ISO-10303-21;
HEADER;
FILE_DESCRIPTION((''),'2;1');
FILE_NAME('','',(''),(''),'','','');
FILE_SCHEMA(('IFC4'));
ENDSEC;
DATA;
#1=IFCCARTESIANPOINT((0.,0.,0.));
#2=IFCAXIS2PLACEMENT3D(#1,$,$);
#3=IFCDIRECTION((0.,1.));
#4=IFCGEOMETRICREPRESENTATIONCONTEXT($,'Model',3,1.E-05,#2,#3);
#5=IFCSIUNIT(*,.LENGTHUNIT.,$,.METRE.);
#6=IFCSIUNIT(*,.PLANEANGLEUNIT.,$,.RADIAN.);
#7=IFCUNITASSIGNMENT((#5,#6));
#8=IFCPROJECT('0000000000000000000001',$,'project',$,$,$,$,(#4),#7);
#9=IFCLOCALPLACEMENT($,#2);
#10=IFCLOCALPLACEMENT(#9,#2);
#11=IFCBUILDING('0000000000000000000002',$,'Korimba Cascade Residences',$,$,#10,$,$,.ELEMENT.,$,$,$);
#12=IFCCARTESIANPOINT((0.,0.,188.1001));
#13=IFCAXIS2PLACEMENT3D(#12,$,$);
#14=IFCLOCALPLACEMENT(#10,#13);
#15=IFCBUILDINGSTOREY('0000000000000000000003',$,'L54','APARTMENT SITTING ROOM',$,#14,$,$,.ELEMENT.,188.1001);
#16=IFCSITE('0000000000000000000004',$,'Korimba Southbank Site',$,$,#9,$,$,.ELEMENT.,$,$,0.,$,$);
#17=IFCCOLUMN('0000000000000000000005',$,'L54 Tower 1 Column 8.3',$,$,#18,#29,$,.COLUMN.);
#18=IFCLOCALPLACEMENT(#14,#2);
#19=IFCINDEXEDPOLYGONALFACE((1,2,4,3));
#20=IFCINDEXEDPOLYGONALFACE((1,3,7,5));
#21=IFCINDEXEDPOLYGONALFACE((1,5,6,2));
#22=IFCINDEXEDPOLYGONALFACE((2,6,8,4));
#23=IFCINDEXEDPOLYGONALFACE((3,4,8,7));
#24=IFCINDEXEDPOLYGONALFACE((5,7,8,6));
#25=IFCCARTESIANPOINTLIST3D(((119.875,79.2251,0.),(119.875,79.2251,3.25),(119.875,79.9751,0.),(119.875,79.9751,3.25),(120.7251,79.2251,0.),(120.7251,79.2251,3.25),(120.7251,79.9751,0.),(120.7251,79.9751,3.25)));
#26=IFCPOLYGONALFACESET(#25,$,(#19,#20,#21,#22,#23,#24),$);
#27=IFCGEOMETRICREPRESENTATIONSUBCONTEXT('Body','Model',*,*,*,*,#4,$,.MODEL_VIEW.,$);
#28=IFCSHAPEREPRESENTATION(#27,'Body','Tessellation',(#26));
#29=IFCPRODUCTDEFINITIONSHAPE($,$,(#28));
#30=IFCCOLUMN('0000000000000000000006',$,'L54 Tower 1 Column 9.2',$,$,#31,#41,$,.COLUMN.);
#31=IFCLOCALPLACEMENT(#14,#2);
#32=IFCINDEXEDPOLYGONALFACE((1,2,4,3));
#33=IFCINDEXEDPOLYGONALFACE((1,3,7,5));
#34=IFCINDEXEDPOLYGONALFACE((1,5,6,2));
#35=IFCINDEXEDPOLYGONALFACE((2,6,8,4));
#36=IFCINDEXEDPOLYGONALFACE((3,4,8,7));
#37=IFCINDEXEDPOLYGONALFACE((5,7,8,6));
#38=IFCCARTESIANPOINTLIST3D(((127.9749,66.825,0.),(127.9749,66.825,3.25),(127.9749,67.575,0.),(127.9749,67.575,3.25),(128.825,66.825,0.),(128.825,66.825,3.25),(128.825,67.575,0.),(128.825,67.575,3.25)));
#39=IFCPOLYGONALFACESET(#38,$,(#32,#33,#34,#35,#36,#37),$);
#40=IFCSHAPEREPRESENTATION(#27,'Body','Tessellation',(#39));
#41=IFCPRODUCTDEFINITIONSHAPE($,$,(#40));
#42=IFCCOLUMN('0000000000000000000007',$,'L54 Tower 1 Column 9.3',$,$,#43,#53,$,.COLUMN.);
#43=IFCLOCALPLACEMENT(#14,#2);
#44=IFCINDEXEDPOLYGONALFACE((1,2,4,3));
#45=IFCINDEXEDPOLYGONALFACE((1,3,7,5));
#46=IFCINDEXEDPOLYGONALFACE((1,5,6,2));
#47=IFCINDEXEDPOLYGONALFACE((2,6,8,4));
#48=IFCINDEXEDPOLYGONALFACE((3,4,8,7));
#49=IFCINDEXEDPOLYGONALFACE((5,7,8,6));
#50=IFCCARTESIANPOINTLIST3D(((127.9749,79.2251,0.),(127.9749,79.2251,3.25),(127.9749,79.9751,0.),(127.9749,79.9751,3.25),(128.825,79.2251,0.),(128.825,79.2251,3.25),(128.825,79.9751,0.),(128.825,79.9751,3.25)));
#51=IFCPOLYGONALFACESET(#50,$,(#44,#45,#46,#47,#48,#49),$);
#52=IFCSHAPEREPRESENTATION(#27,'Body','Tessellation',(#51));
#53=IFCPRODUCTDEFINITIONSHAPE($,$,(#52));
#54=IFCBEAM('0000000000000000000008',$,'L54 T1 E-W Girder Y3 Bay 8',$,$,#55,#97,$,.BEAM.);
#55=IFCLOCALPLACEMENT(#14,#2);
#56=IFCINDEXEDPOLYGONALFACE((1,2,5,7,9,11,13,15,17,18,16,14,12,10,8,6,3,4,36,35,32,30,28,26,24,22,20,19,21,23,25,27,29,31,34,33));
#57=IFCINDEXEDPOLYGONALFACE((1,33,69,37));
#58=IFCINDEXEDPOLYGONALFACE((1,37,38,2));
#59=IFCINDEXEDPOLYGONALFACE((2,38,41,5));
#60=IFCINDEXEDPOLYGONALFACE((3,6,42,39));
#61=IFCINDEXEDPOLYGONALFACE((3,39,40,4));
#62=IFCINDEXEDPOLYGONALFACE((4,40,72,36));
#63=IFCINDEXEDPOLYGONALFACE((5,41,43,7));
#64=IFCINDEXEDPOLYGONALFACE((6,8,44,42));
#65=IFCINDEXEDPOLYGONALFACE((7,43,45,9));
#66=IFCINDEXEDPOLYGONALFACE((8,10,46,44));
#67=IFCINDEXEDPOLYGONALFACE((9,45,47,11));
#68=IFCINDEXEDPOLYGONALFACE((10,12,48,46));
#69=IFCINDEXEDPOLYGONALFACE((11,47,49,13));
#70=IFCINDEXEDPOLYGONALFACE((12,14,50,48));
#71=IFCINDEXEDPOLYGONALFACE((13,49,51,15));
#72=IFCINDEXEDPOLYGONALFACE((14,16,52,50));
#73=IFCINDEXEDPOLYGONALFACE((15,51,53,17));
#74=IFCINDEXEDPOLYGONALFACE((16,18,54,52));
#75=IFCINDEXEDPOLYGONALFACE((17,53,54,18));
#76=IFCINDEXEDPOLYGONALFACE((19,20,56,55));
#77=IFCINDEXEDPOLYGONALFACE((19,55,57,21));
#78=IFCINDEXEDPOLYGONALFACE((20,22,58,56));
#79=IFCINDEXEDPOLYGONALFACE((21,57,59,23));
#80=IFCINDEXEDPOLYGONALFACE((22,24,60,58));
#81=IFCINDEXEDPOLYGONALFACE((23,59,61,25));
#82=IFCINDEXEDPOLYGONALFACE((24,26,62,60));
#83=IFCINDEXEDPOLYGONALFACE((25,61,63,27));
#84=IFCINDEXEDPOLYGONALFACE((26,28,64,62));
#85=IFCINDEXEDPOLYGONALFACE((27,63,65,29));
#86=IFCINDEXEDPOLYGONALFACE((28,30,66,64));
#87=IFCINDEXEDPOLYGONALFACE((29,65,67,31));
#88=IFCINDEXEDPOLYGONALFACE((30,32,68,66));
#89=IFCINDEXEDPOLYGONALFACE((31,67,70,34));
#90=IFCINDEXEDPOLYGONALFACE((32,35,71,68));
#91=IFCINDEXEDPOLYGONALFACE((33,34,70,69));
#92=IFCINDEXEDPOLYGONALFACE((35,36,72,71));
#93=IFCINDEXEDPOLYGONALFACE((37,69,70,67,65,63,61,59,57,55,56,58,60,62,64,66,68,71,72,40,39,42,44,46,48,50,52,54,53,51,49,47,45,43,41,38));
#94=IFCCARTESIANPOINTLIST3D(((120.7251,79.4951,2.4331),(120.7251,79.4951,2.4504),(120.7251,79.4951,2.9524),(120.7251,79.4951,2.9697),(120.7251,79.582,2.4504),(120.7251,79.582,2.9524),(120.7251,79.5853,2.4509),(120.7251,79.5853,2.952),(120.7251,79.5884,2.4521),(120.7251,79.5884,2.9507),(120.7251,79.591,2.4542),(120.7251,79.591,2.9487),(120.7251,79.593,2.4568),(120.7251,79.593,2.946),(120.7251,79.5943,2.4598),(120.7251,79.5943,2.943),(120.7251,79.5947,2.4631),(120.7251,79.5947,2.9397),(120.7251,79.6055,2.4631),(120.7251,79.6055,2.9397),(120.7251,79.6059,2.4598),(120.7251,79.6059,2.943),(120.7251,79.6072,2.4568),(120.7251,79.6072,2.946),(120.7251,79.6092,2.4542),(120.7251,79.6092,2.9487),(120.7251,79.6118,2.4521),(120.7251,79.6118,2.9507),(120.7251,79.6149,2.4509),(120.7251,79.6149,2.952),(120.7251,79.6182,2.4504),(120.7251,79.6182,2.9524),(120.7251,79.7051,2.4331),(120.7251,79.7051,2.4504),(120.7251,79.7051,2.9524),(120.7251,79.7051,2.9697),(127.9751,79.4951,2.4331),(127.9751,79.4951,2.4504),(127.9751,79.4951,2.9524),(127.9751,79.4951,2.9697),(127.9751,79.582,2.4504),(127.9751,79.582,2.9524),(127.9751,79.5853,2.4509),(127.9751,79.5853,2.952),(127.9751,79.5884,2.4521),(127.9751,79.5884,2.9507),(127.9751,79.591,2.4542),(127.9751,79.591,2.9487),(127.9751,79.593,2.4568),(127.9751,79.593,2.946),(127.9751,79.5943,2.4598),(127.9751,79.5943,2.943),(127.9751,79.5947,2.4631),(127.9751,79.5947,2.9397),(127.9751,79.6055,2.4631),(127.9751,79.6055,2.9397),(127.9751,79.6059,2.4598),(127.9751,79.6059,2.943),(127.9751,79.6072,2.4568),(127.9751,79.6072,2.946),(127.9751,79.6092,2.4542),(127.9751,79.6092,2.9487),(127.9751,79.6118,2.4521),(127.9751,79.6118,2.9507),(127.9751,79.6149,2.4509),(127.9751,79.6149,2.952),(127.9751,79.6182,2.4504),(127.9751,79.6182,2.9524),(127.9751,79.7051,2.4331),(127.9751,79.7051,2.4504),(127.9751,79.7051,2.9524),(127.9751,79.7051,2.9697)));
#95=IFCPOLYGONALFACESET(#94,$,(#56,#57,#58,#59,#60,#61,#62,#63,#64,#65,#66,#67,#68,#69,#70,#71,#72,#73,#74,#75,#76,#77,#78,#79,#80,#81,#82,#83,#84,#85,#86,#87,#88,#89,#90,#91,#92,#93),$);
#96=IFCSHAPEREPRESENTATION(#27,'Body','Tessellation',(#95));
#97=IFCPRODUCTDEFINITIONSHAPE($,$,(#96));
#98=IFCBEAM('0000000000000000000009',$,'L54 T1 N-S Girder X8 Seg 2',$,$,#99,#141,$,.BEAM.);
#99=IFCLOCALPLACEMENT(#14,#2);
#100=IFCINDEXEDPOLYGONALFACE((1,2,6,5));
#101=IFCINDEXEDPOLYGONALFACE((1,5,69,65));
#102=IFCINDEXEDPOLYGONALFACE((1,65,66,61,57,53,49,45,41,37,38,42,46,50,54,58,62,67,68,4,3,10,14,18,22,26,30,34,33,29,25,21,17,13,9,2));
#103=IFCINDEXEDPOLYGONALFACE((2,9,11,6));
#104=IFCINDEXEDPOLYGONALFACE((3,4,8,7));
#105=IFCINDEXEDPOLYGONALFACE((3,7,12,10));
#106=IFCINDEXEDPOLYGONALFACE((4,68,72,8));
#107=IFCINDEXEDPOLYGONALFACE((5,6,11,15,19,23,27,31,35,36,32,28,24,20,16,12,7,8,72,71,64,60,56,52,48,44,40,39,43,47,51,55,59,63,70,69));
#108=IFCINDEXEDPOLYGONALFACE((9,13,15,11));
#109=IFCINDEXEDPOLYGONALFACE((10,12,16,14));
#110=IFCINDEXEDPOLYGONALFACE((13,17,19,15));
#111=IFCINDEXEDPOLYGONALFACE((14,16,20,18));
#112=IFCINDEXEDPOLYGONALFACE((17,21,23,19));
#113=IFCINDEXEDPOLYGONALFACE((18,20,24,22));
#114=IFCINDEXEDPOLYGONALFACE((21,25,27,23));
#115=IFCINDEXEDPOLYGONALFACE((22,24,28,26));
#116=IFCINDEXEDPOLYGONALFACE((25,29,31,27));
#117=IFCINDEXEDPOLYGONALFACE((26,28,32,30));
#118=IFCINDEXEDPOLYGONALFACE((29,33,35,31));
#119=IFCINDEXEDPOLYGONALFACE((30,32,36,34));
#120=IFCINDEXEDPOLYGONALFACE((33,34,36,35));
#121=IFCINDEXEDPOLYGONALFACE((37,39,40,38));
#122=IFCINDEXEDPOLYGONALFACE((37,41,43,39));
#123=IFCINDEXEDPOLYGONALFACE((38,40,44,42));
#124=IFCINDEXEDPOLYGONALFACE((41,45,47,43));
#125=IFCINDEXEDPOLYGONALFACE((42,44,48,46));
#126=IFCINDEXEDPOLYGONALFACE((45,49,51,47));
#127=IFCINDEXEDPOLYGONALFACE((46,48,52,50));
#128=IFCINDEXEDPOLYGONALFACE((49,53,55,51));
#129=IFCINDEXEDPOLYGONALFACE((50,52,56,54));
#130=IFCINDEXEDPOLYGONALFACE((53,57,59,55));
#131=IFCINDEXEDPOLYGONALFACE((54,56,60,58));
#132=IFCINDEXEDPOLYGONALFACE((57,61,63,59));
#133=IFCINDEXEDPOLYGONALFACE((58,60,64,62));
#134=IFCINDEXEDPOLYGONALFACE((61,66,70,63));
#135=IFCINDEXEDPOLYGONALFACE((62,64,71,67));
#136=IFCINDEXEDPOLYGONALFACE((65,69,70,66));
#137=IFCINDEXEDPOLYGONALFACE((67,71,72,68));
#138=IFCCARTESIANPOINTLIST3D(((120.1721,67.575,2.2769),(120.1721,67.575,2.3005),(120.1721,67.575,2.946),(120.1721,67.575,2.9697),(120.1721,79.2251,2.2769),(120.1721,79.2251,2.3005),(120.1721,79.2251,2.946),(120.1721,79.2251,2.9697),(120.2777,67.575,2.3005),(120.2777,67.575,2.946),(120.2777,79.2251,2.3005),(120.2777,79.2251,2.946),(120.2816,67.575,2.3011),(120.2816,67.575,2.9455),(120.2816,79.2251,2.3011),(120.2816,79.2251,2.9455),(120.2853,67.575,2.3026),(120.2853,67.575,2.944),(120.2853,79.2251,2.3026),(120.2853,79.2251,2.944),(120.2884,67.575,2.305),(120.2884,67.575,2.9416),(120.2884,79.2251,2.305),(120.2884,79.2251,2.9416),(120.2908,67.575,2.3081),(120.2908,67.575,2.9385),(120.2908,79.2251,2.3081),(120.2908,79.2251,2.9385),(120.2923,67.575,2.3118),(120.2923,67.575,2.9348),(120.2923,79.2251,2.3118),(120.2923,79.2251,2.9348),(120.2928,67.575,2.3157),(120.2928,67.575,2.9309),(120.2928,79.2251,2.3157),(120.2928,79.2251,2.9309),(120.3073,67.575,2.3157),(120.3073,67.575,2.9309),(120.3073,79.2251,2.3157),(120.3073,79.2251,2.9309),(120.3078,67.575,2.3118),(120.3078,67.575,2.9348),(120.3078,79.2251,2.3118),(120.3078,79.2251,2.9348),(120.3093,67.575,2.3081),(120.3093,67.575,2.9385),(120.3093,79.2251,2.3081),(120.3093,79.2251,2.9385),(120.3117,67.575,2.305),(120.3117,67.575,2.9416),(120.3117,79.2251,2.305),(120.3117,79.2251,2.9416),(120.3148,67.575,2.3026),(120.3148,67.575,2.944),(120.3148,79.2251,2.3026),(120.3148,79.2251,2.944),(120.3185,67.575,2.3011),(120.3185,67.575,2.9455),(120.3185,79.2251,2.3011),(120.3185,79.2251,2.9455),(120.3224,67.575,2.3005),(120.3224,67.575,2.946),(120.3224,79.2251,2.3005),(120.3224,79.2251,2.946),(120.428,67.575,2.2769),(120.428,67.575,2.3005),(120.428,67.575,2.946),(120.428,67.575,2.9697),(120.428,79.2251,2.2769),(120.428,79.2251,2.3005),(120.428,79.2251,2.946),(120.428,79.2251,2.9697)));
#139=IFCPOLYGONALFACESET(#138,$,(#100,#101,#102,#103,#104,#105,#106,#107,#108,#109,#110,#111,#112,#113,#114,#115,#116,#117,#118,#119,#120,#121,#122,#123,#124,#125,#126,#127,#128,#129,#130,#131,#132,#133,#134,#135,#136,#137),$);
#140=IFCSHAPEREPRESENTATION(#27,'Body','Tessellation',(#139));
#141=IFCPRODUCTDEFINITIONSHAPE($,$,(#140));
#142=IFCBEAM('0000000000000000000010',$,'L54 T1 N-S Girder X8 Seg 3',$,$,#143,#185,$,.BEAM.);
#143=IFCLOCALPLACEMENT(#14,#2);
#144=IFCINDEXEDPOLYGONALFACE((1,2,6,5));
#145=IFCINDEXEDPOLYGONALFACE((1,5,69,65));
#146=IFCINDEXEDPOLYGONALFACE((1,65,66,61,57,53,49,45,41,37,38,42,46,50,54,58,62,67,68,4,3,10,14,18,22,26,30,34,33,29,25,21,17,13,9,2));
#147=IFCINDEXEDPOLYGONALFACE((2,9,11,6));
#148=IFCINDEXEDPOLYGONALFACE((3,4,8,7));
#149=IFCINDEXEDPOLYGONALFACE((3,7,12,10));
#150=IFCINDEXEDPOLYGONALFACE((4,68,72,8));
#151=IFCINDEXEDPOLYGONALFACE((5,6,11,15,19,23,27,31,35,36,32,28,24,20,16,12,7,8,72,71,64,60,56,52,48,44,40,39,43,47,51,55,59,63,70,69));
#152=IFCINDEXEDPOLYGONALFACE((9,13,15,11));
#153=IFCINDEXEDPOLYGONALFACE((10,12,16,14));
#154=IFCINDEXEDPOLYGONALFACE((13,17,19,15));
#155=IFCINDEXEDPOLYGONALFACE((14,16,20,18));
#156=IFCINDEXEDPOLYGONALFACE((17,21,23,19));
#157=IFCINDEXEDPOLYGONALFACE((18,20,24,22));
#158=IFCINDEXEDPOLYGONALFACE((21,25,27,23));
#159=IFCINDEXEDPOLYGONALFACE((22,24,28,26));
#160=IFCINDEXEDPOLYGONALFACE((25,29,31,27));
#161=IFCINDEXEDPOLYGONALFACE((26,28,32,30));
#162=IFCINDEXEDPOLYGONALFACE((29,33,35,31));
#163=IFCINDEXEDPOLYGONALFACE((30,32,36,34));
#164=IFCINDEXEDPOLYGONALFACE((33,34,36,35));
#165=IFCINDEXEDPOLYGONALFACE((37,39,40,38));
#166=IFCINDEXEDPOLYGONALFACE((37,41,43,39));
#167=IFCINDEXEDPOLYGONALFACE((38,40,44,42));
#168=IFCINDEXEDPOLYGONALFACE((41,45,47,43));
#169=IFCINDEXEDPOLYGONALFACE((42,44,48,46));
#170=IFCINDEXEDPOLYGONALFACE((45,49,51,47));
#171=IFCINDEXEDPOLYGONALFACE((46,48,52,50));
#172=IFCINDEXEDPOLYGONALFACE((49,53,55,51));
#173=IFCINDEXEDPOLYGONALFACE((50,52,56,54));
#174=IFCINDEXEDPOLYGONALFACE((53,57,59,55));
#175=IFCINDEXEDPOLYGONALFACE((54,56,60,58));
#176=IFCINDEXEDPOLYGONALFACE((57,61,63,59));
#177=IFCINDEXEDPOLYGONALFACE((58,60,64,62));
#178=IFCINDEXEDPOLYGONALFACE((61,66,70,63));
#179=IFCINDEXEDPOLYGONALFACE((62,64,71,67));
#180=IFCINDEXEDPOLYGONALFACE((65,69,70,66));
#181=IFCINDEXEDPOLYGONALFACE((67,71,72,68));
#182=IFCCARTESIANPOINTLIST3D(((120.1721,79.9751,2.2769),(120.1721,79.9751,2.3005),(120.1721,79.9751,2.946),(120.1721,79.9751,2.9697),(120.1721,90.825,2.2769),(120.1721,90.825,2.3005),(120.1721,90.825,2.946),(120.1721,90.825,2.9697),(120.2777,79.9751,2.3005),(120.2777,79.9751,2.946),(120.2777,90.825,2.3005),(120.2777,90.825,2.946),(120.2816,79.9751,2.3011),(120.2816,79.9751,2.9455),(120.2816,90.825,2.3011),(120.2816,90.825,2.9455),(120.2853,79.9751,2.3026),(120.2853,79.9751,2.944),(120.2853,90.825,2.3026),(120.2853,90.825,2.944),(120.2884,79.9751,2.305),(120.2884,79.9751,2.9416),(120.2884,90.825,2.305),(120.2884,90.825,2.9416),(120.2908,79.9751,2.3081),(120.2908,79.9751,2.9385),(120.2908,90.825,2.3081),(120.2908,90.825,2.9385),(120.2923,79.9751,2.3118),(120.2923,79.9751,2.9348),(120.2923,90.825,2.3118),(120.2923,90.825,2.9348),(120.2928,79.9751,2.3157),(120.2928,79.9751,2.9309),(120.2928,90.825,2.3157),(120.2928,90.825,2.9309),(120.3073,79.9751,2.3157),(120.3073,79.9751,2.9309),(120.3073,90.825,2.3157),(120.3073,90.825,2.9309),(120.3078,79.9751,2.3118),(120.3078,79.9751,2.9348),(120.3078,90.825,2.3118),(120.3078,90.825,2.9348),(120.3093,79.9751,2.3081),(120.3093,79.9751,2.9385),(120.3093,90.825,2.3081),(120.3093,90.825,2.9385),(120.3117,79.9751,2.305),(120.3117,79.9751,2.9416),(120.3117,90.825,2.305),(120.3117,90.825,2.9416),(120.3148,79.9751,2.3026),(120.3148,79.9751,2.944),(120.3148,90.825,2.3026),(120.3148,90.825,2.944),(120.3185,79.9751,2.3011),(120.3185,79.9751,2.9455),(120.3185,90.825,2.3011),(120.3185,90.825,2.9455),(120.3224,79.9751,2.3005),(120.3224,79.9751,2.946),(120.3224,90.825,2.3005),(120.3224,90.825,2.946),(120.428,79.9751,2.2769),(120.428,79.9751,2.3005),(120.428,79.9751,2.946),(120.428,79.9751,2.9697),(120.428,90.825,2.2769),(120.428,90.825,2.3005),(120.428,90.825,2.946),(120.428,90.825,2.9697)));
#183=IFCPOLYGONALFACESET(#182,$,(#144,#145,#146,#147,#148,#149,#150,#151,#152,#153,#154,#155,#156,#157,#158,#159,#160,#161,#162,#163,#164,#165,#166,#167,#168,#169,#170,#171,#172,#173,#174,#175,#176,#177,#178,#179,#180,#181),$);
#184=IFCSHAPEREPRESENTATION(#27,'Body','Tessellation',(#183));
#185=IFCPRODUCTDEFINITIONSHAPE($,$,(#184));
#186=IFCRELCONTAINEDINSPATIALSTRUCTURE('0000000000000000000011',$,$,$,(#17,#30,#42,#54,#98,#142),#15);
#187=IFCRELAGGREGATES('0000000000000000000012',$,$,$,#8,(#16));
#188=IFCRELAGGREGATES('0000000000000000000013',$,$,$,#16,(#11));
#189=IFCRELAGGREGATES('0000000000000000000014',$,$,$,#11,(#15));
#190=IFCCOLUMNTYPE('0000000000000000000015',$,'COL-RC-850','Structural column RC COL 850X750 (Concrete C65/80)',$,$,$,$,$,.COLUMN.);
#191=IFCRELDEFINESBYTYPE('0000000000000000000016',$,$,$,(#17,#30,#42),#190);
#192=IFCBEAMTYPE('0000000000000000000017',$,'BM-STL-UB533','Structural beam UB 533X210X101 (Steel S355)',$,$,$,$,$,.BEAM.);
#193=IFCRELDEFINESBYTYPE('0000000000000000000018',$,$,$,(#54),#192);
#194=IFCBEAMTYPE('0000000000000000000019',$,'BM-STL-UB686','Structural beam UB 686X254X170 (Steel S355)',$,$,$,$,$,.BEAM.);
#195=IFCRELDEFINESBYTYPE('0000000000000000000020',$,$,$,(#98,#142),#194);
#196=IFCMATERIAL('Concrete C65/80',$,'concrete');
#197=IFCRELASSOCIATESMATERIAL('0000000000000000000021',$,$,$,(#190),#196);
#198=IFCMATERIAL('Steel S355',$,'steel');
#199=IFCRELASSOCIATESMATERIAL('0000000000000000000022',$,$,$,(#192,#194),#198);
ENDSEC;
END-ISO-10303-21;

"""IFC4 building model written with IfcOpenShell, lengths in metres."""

from ifc_helpers import new_model, si_unit, direction, frame, origin, origin_2d, place, context, subcontext, project, spatial, rectangle, i_section, extrude, material, material_profile, profile_set, type_object, element, save


model = new_model("IFC4")

# Units and contexts
model_context = context("Model", 3, precision=1e-05, world=origin(), true_north=direction((0.0, 1.0)))
body_context = subcontext(model_context, "Body", "Model", "MODEL_VIEW")
ifc_project = project(units=[si_unit("LENGTHUNIT", "METRE"), si_unit("PLANEANGLEUNIT", "RADIAN")], contexts=[model_context])

# Site, building, storey
site_placement = place(None, origin())
site = spatial("IfcSite", under=ifc_project, at=site_placement, Name="Korimba Southbank Site", CompositionType="ELEMENT", RefElevation=0.0)
building_placement = place(site_placement, origin())
building = spatial("IfcBuilding", under=site, at=building_placement, Name="Korimba Cascade Residences", CompositionType="ELEMENT")
storey_placement = place(building_placement, frame((0.0, 0.0, 188.1001)))
storey = spatial("IfcBuildingStorey", under=building, at=storey_placement, Name="L54", Description="APARTMENT SITTING ROOM", CompositionType="ELEMENT", Elevation=188.1001)

# Columns
ifc_material_1 = material(Name="Concrete C65/80", Category="concrete")
ifc_material_profile_1 = material_profile(ifc_material_1, rectangle(XDim=0.8501, YDim=0.75, at=origin_2d()), Name="Concrete C65/80")
ifc_profile_set_1 = profile_set([ifc_material_profile_1], Name="Concrete C65/80")
column_type = type_object("IfcColumnType", Name="COL-RC-850", Description="Structural column RC COL 850X750 (Concrete C65/80)", PredefinedType="COLUMN", material=ifc_profile_set_1)
for number, where, z_axis, x_axis, name in (
    (1, (120.3, 79.6001, 0.0), (0.0, 0.0, 1.0), (1.0, 0.0, 0.0), "L54 Tower 1 Column 8.3"),
    (2, (128.3999, 67.2, 0.0), (0.0, 0.0, 1.0), (1.0, 0.0, 0.0), "L54 Tower 1 Column 9.2"),
    (3, (128.3999, 79.6001, 0.0), (0.0, 0.0, 1.0), (1.0, 0.0, 0.0), "L54 Tower 1 Column 9.3"),
):
    element("IfcColumn", number, at=place(storey_placement, frame(where, z_axis=z_axis, x_axis=x_axis)), inside=storey, type_object=column_type, Name=name, PredefinedType="COLUMN", context=body_context, shape_type="SweptSolid", body=[
        extrude(rectangle(XDim=0.8501, YDim=0.75, at=origin_2d()), origin(), (0.0, 0.0, 1.0), 3.25),
    ])

# Beams
ifc_material_2 = material(Name="Steel S355", Category="steel")
ifc_material_profile_2 = material_profile(ifc_material_2, i_section(OverallWidth=0.21, OverallDepth=0.5366, WebThickness=0.0107, FlangeThickness=0.0173, FilletRadius=0.0127, at=origin_2d()), Name="Steel S355")
ifc_profile_set_2 = profile_set([ifc_material_profile_2], Name="Steel S355")
beam_type_1 = type_object("IfcBeamType", Name="BM-STL-UB533", Description="Structural beam UB 533X210X101 (Steel S355)", PredefinedType="BEAM", material=ifc_profile_set_2)
beam_1_placement = place(storey_placement, frame((120.7251, 79.6001, 2.7014), z_axis=(1.0, 0.0, 0.0), x_axis=(0.0, 1.0, 0.0)))
element("IfcBeam", 4, at=beam_1_placement, inside=storey, type_object=beam_type_1, Name="L54 T1 E-W Girder Y3 Bay 8", PredefinedType="BEAM", context=body_context, shape_type="SweptSolid", body=[
    extrude(i_section(OverallWidth=0.21, OverallDepth=0.5366, WebThickness=0.0107, FlangeThickness=0.0173, FilletRadius=0.0127, at=origin_2d()), origin(), (0.0, 0.0, 1.0), 7.25),
])
ifc_material_profile_3 = material_profile(ifc_material_2, i_section(OverallWidth=0.2559, OverallDepth=0.6929, WebThickness=0.0144, FlangeThickness=0.0237, FilletRadius=0.0151, at=origin_2d()), Name="Steel S355")
ifc_profile_set_3 = profile_set([ifc_material_profile_3], Name="Steel S355")
beam_type_2 = type_object("IfcBeamType", Name="BM-STL-UB686", Description="Structural beam UB 686X254X170 (Steel S355)", PredefinedType="BEAM", material=ifc_profile_set_3)
beam_2_placement = place(storey_placement, frame((120.3, 67.575, 2.6233), z_axis=(0.0, 1.0, 0.0), x_axis=(-1.0, 0.0, 0.0)))
element("IfcBeam", 5, at=beam_2_placement, inside=storey, type_object=beam_type_2, Name="L54 T1 N-S Girder X8 Seg 2", PredefinedType="BEAM", context=body_context, shape_type="SweptSolid", body=[
    extrude(i_section(OverallWidth=0.2559, OverallDepth=0.6929, WebThickness=0.0144, FlangeThickness=0.0237, FilletRadius=0.0151, at=origin_2d()), origin(), (0.0, 0.0, 1.0), 11.6501),
])
beam_3_placement = place(storey_placement, frame((120.3, 79.9751, 2.6233), z_axis=(0.0, 1.0, 0.0), x_axis=(-1.0, 0.0, 0.0)))
element("IfcBeam", 6, at=beam_3_placement, inside=storey, type_object=beam_type_2, Name="L54 T1 N-S Girder X8 Seg 3", PredefinedType="BEAM", context=body_context, shape_type="SweptSolid", body=[
    extrude(i_section(OverallWidth=0.2559, OverallDepth=0.6929, WebThickness=0.0144, FlangeThickness=0.0237, FilletRadius=0.0151, at=origin_2d()), origin(), (0.0, 0.0, 1.0), 10.8499),
])

save(model, "model.ifc")
